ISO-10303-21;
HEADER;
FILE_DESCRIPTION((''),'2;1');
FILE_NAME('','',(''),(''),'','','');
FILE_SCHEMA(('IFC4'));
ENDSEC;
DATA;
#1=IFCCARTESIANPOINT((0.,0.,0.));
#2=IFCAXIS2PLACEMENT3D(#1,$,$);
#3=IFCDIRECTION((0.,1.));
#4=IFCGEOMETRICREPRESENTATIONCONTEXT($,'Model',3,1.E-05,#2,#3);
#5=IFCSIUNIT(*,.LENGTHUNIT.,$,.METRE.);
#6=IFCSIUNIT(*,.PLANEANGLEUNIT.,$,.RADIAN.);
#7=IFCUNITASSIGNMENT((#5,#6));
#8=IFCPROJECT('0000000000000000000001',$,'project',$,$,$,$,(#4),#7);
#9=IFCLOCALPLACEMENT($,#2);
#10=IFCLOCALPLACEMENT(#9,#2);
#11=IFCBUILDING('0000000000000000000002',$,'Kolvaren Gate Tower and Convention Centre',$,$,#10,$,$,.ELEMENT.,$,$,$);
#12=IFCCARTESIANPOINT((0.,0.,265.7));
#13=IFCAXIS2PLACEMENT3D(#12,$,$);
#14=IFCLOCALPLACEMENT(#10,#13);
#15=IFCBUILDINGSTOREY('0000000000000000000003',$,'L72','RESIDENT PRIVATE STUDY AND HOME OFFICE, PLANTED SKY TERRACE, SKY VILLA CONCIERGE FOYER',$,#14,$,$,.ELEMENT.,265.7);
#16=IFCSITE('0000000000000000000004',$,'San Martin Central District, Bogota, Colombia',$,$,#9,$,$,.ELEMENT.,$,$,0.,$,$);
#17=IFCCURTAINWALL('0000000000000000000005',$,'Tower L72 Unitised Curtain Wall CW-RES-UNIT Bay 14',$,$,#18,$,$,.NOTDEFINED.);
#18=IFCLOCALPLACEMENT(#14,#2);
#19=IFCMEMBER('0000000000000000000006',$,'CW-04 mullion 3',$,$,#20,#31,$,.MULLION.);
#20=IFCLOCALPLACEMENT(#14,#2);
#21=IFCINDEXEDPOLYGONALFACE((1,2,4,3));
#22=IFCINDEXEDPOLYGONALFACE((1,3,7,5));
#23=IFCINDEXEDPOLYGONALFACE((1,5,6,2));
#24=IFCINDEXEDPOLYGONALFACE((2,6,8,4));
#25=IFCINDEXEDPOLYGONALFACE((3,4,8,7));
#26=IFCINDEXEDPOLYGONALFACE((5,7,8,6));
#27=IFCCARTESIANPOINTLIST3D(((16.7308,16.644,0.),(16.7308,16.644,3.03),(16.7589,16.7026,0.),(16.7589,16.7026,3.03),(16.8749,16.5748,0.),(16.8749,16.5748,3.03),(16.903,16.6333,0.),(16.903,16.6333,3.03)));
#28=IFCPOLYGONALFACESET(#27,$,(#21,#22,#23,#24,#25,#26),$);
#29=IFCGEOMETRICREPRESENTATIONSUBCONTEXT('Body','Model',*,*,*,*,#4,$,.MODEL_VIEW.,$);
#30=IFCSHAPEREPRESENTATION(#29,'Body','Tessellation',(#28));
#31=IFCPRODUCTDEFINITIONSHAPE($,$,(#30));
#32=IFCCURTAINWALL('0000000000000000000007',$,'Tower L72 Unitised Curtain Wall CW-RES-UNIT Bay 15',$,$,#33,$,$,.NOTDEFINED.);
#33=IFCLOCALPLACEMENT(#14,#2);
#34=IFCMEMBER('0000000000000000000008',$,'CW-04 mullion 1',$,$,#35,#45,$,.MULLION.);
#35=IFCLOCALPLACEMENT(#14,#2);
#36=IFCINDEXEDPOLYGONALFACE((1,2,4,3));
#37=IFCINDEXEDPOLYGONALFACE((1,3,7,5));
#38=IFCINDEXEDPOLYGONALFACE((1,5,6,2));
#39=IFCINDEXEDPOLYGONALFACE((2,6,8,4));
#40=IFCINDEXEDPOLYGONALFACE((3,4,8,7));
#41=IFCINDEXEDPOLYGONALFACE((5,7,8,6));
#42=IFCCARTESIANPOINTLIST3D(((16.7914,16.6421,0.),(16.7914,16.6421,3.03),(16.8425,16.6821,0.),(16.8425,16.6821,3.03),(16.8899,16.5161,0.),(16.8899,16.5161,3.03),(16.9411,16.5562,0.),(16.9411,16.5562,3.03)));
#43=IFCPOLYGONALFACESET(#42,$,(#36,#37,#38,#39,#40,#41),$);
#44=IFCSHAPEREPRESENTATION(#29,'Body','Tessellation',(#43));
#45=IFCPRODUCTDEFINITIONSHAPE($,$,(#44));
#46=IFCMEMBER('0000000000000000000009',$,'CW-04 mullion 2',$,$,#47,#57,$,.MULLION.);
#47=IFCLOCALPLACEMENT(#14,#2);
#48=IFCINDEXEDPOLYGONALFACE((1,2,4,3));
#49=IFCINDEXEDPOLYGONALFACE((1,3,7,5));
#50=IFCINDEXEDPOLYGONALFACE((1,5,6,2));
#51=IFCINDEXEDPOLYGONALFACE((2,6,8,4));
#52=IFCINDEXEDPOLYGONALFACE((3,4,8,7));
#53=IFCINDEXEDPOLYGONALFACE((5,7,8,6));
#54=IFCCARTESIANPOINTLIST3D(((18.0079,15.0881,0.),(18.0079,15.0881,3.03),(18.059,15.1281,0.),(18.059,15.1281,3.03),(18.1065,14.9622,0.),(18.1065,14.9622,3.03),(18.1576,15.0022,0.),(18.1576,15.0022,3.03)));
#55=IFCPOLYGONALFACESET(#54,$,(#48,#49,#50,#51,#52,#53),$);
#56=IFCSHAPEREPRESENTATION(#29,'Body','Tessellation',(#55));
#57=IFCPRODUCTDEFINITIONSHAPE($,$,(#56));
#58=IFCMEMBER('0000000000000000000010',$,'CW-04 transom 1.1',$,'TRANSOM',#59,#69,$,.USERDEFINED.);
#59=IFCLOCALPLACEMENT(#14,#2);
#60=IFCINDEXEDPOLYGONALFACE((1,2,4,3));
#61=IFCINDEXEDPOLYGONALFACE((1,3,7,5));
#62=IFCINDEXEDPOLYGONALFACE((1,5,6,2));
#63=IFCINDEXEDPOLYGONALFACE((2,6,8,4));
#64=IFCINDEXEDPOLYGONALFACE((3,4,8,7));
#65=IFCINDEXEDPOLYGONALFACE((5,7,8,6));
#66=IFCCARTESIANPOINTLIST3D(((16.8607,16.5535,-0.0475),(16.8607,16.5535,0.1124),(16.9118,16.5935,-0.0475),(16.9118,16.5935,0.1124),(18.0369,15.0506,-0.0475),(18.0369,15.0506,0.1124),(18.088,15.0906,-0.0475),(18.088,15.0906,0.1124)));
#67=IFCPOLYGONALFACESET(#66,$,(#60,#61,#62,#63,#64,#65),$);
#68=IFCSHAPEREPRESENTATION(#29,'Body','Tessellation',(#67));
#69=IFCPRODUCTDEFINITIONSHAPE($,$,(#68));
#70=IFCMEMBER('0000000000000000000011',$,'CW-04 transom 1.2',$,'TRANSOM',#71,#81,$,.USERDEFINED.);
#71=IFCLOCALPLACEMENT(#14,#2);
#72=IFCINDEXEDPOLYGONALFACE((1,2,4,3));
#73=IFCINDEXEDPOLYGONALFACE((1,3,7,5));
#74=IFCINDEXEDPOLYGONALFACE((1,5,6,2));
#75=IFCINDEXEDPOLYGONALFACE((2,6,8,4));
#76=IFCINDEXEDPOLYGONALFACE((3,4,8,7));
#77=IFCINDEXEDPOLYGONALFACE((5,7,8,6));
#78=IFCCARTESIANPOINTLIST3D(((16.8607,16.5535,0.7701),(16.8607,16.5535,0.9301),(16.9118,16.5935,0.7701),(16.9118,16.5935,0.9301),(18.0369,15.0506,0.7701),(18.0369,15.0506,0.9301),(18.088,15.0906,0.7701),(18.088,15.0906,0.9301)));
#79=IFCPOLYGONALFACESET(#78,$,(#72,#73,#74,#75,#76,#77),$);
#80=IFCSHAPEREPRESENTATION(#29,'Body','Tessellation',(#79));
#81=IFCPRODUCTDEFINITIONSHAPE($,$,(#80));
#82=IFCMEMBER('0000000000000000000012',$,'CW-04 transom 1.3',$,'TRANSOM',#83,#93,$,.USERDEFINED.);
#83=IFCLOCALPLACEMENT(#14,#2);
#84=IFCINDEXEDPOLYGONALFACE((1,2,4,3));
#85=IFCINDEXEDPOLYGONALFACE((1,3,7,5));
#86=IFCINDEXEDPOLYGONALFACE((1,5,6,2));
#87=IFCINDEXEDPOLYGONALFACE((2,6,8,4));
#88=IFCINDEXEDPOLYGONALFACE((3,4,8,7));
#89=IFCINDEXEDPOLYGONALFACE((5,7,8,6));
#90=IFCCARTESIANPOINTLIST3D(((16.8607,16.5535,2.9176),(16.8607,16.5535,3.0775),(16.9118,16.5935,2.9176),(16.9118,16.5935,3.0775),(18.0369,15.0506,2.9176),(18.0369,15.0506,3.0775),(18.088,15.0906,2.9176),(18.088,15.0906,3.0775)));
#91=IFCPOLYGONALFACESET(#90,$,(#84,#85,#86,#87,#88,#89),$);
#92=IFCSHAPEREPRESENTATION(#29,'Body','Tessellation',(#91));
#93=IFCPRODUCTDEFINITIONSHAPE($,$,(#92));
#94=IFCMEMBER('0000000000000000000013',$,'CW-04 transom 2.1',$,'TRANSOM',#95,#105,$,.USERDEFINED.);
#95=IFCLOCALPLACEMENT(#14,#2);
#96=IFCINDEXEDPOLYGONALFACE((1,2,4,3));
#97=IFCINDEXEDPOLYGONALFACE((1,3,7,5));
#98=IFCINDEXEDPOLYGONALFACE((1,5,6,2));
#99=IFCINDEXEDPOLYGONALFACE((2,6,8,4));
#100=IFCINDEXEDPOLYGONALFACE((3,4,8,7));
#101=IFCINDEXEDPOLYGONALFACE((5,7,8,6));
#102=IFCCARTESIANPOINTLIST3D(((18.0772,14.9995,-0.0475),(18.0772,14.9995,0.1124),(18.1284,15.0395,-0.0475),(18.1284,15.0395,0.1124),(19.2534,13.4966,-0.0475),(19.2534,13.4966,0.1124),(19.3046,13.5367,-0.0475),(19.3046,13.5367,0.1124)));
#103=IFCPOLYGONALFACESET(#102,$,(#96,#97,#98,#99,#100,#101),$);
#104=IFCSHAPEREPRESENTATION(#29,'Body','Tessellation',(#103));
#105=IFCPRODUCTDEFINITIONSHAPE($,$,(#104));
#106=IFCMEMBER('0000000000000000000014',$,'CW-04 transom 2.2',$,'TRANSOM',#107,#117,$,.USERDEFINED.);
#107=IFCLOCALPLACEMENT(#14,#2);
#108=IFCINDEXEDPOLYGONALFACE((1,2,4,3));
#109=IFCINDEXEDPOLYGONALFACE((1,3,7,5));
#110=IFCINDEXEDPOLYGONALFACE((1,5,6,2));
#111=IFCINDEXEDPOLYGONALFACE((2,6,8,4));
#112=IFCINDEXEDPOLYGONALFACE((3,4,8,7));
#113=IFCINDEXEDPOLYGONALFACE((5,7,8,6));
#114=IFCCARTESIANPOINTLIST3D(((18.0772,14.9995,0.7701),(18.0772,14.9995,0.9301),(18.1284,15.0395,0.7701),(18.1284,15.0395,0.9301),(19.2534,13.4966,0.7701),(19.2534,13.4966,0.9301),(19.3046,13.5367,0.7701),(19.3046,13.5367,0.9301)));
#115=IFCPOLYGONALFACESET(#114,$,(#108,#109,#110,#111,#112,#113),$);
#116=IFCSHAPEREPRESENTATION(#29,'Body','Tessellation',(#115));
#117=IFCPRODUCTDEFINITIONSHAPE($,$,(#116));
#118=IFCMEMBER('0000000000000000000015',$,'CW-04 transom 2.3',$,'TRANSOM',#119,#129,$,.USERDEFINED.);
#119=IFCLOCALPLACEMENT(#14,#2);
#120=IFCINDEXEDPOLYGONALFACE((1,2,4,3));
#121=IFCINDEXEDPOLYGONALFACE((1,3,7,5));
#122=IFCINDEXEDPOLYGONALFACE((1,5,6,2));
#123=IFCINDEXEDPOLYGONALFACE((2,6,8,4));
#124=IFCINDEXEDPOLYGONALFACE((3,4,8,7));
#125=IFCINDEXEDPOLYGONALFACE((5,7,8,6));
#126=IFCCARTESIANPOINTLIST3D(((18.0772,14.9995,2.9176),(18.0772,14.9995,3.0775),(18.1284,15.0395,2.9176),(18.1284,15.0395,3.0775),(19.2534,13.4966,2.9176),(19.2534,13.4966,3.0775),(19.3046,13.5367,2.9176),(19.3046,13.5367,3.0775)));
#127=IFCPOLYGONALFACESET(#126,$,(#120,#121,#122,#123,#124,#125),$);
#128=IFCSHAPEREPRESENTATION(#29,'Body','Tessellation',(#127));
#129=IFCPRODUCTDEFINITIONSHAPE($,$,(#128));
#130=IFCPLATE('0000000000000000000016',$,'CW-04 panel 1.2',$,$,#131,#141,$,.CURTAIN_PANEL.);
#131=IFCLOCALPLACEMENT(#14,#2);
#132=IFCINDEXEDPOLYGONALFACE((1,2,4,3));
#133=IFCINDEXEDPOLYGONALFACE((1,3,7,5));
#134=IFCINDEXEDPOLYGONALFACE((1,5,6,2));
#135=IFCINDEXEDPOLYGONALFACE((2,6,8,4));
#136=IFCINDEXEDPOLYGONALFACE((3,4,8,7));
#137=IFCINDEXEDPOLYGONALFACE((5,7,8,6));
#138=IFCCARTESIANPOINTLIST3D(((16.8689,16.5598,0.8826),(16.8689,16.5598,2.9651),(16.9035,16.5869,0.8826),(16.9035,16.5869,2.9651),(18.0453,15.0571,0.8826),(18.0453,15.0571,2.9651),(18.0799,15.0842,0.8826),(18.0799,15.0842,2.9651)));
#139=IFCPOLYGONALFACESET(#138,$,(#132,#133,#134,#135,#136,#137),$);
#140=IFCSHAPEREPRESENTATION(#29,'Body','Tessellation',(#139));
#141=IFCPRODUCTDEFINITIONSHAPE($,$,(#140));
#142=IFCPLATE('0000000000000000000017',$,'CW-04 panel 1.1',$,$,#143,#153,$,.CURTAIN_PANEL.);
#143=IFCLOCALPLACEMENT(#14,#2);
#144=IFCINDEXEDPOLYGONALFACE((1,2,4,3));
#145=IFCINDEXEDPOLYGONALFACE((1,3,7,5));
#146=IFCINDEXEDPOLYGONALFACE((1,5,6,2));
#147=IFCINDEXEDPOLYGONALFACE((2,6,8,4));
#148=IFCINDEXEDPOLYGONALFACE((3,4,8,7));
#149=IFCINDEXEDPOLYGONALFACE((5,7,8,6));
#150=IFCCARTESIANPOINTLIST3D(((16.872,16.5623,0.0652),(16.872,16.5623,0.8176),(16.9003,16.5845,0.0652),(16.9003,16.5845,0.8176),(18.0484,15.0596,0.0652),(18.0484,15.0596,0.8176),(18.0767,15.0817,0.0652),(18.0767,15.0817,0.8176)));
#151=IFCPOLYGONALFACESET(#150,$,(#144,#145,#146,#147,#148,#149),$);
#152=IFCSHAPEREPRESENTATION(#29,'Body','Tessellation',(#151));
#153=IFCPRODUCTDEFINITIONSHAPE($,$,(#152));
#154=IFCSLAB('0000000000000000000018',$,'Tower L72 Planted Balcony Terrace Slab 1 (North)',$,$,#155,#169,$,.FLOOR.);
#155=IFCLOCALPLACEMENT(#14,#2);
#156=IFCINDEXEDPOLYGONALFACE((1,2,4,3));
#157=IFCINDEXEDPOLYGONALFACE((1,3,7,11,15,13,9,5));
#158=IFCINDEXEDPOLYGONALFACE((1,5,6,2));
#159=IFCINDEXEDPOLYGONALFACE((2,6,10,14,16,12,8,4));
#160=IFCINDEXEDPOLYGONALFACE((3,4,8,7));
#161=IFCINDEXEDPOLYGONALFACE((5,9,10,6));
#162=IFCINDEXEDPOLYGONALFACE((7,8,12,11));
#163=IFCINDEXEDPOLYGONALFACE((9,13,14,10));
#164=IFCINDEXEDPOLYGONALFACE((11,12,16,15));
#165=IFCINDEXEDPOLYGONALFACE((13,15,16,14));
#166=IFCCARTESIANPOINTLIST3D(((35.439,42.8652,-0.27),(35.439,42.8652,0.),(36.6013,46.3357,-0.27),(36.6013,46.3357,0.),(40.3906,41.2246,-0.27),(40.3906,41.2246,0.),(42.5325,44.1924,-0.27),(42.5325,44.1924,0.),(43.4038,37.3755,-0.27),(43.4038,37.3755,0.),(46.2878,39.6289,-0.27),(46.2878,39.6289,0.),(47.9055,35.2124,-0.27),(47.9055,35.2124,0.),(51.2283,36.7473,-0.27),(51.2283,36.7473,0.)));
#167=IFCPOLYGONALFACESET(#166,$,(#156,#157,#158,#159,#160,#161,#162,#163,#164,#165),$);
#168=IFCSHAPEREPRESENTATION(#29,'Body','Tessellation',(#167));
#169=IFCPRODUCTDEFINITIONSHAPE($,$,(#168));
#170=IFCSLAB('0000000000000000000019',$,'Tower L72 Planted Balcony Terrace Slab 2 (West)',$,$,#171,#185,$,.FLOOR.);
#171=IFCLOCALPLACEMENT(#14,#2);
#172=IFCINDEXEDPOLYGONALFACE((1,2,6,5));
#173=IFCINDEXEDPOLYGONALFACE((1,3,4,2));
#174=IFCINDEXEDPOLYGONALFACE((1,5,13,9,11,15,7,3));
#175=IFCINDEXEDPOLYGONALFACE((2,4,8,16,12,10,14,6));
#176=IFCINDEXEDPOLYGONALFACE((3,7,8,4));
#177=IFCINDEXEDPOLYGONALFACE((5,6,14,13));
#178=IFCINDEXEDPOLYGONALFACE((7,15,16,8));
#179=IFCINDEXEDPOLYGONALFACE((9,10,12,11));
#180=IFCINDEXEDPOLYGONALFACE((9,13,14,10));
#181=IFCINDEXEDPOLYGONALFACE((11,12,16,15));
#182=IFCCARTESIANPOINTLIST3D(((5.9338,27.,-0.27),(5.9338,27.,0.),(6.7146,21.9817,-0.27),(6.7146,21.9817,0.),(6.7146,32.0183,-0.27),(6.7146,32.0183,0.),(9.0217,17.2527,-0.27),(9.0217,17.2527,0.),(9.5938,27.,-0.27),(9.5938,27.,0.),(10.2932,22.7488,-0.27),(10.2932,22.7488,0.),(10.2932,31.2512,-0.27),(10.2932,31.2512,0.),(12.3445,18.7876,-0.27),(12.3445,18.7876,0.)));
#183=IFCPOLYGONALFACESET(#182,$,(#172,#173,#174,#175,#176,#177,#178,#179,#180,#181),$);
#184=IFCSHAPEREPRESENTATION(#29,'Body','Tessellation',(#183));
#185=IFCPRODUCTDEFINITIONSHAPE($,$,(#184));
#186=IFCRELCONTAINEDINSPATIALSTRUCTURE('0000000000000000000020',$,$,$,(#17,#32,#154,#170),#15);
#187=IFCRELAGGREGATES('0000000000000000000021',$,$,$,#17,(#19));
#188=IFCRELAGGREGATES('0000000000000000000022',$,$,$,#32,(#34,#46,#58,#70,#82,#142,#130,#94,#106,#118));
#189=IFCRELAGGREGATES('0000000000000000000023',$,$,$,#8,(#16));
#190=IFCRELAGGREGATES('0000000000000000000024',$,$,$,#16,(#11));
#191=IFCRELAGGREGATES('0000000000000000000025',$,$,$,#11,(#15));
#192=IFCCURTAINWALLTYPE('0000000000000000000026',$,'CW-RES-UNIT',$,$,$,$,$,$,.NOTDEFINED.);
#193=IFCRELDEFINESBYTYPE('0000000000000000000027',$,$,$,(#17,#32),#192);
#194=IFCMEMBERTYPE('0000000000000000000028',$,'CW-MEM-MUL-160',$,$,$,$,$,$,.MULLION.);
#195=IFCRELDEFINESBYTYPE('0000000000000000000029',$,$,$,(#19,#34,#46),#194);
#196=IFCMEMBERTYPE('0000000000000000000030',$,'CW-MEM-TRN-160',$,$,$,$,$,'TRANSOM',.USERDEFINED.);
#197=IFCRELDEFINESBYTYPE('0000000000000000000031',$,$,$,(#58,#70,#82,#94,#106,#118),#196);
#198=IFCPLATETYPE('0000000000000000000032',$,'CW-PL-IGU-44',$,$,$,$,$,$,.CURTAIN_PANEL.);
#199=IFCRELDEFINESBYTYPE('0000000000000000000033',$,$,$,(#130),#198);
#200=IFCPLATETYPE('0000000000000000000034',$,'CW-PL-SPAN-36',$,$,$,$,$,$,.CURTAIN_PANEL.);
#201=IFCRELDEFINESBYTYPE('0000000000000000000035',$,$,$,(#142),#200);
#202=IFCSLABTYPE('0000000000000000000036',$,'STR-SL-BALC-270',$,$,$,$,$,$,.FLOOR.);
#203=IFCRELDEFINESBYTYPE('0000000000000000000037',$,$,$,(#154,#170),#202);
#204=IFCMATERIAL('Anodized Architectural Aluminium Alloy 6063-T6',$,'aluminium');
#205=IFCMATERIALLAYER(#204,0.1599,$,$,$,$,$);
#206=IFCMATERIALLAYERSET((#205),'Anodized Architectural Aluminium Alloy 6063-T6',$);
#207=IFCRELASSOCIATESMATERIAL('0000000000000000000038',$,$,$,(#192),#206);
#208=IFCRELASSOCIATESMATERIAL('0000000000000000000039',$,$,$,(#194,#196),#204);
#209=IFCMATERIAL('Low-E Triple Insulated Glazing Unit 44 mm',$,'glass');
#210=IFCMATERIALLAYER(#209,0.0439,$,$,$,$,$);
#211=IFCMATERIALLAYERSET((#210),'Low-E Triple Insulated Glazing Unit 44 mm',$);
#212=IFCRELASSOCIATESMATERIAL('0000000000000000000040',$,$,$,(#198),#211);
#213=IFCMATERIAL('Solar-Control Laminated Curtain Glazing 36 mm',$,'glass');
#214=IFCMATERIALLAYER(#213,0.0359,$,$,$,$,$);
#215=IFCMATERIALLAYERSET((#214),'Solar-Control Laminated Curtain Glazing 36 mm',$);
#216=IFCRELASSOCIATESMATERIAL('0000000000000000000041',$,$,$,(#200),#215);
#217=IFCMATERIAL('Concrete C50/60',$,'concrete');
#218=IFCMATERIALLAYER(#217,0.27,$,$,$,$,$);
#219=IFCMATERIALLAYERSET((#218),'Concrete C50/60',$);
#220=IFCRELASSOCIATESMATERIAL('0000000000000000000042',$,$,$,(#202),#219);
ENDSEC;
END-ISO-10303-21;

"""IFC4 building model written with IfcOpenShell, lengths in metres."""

from ifc_helpers import new_model, si_unit, direction, frame, origin, origin_2d, place, context, subcontext, project, spatial, polyline, rectangle, outline, extrude, material, layer, layer_set, material_profile, profile_set, type_object, element, aggregate, save


model = new_model("IFC4")

# Units and contexts
model_context = context("Model", 3, precision=1e-05, world=origin(), true_north=direction((0.0, 1.0)))
body_context = subcontext(model_context, "Body", "Model", "MODEL_VIEW")
ifc_project = project(units=[si_unit("LENGTHUNIT", "METRE"), si_unit("PLANEANGLEUNIT", "RADIAN")], contexts=[model_context])

# Site, building, storey
site_placement = place(None, origin())
site = spatial("IfcSite", under=ifc_project, at=site_placement, Name="San Martin Central District, Bogota, Colombia", CompositionType="ELEMENT", RefElevation=0.0)
building_placement = place(site_placement, origin())
building = spatial("IfcBuilding", under=site, at=building_placement, Name="Kolvaren Gate Tower and Convention Centre", CompositionType="ELEMENT")
storey_placement = place(building_placement, frame((0.0, 0.0, 265.7)))
storey = spatial("IfcBuildingStorey", under=building, at=storey_placement, Name="L72", Description="RESIDENT PRIVATE STUDY AND HOME OFFICE, PLANTED SKY TERRACE, SKY VILLA CONCIERGE FOYER", CompositionType="ELEMENT", Elevation=265.7)

# Curtain wall, member
ifc_material_1 = material(Name="Anodized Architectural Aluminium Alloy 6063-T6", Category="aluminium")
ifc_layer_1 = layer(ifc_material_1, 0.1599)
ifc_layer_set_1 = layer_set([ifc_layer_1], Name="Anodized Architectural Aluminium Alloy 6063-T6")
curtain_wall_type = type_object("IfcCurtainWallType", Name="CW-RES-UNIT", PredefinedType="NOTDEFINED", material=ifc_layer_set_1)
curtain_wall_1_placement = place(storey_placement, origin())
curtain_wall_1 = element("IfcCurtainWall", 1, at=curtain_wall_1_placement, inside=storey, type_object=curtain_wall_type, Name="Tower L72 Unitised Curtain Wall CW-RES-UNIT Bay 14", PredefinedType="NOTDEFINED")
ifc_material_profile_1 = material_profile(ifc_material_1, rectangle(XDim=0.0649, YDim=0.1599, at=origin_2d()), Name="CW-MEM-MUL-160")
ifc_profile_set_1 = profile_set([ifc_material_profile_1], Name="Anodized Architectural Aluminium Alloy 6063-T6")
member_type_1 = type_object("IfcMemberType", Name="CW-MEM-MUL-160", PredefinedType="MULLION", material=ifc_profile_set_1)
member_1_placement = place(storey_placement, frame((16.8169, 16.6387, 0.0), z_axis=(0.0, 0.0, 1.0), x_axis=(0.43307, 0.90136, 0.0)))
member_1 = element("IfcMember", 2, at=member_1_placement, type_object=member_type_1, Name="CW-04 mullion 3", PredefinedType="MULLION", context=body_context, shape_type="SweptSolid", body=[
    extrude(rectangle(XDim=0.0649, YDim=0.1599, at=origin_2d()), origin(), (0.0, 0.0, 1.0), 3.03),
])
aggregate(curtain_wall_1, [member_1])

# Curtain wall, members, plates
curtain_wall_2_placement = place(storey_placement, origin())
curtain_wall_2 = element("IfcCurtainWall", 3, at=curtain_wall_2_placement, inside=storey, type_object=curtain_wall_type, Name="Tower L72 Unitised Curtain Wall CW-RES-UNIT Bay 15", PredefinedType="NOTDEFINED")
member_2_placement = place(storey_placement, frame((16.8662, 16.5991, 0.0), z_axis=(0.0, 0.0, 1.0), x_axis=(0.787413, 0.616426, 0.0)))
member_2 = element("IfcMember", 4, at=member_2_placement, type_object=member_type_1, Name="CW-04 mullion 1", PredefinedType="MULLION", context=body_context, shape_type="SweptSolid", body=[
    extrude(rectangle(XDim=0.0649, YDim=0.1599, at=origin_2d()), origin(), (0.0, 0.0, 1.0), 3.03),
])
member_3_placement = place(storey_placement, frame((18.0828, 15.0452, 0.0), z_axis=(0.0, 0.0, 1.0), x_axis=(0.787413, 0.616426, 0.0)))
member_3 = element("IfcMember", 5, at=member_3_placement, type_object=member_type_1, Name="CW-04 mullion 2", PredefinedType="MULLION", context=body_context, shape_type="SweptSolid", body=[
    extrude(rectangle(XDim=0.0649, YDim=0.1599, at=origin_2d()), origin(), (0.0, 0.0, 1.0), 3.03),
])
ifc_material_profile_2 = material_profile(ifc_material_1, rectangle(XDim=0.0649, YDim=0.1599, at=origin_2d()), Name="CW-MEM-TRN-160")
ifc_profile_set_2 = profile_set([ifc_material_profile_2], Name="Anodized Architectural Aluminium Alloy 6063-T6")
member_type_2 = type_object("IfcMemberType", Name="CW-MEM-TRN-160", ElementType="TRANSOM", PredefinedType="USERDEFINED", material=ifc_profile_set_2)
member_4_placement = place(storey_placement, frame((16.8862, 16.5735, 0.0325), z_axis=(0.616329, -0.787489, 0.0), x_axis=(0.787489, 0.616329, 0.0)))
member_4 = element("IfcMember", 6, at=member_4_placement, type_object=member_type_2, Name="CW-04 transom 1.1", ObjectType="TRANSOM", PredefinedType="USERDEFINED", context=body_context, shape_type="SweptSolid", body=[
    extrude(rectangle(XDim=0.0649, YDim=0.1599, at=origin_2d()), origin(), (0.0, 0.0, 1.0), 1.9084),
])
member_5_placement = place(storey_placement, frame((16.8862, 16.5735, 0.8501), z_axis=(0.616329, -0.787489, 0.0), x_axis=(0.787489, 0.616329, 0.0)))
member_5 = element("IfcMember", 7, at=member_5_placement, type_object=member_type_2, Name="CW-04 transom 1.2", ObjectType="TRANSOM", PredefinedType="USERDEFINED", context=body_context, shape_type="SweptSolid", body=[
    extrude(rectangle(XDim=0.0649, YDim=0.1599, at=origin_2d()), origin(), (0.0, 0.0, 1.0), 1.9084),
])
member_6_placement = place(storey_placement, frame((16.8862, 16.5735, 2.9976), z_axis=(0.616329, -0.787489, 0.0), x_axis=(0.787489, 0.616329, 0.0)))
member_6 = element("IfcMember", 8, at=member_6_placement, type_object=member_type_2, Name="CW-04 transom 1.3", ObjectType="TRANSOM", PredefinedType="USERDEFINED", context=body_context, shape_type="SweptSolid", body=[
    extrude(rectangle(XDim=0.0649, YDim=0.1599, at=origin_2d()), origin(), (0.0, 0.0, 1.0), 1.9084),
])
member_7_placement = place(storey_placement, frame((18.1028, 15.0195, 0.0325), z_axis=(0.616329, -0.787489, 0.0), x_axis=(0.787489, 0.616329, 0.0)))
member_7 = element("IfcMember", 9, at=member_7_placement, type_object=member_type_2, Name="CW-04 transom 2.1", ObjectType="TRANSOM", PredefinedType="USERDEFINED", context=body_context, shape_type="SweptSolid", body=[
    extrude(rectangle(XDim=0.0649, YDim=0.1599, at=origin_2d()), origin(), (0.0, 0.0, 1.0), 1.9084),
])
member_8_placement = place(storey_placement, frame((18.1028, 15.0195, 0.8501), z_axis=(0.616329, -0.787489, 0.0), x_axis=(0.787489, 0.616329, 0.0)))
member_8 = element("IfcMember", 10, at=member_8_placement, type_object=member_type_2, Name="CW-04 transom 2.2", ObjectType="TRANSOM", PredefinedType="USERDEFINED", context=body_context, shape_type="SweptSolid", body=[
    extrude(rectangle(XDim=0.0649, YDim=0.1599, at=origin_2d()), origin(), (0.0, 0.0, 1.0), 1.9084),
])
member_9_placement = place(storey_placement, frame((18.1028, 15.0195, 2.9976), z_axis=(0.616329, -0.787489, 0.0), x_axis=(0.787489, 0.616329, 0.0)))
member_9 = element("IfcMember", 11, at=member_9_placement, type_object=member_type_2, Name="CW-04 transom 2.3", ObjectType="TRANSOM", PredefinedType="USERDEFINED", context=body_context, shape_type="SweptSolid", body=[
    extrude(rectangle(XDim=0.0649, YDim=0.1599, at=origin_2d()), origin(), (0.0, 0.0, 1.0), 1.9084),
])
ifc_material_2 = material(Name="Low-E Triple Insulated Glazing Unit 44 mm", Category="glass")
ifc_layer_2 = layer(ifc_material_2, 0.0439)
ifc_layer_set_2 = layer_set([ifc_layer_2], Name="Low-E Triple Insulated Glazing Unit 44 mm")
plate_type_1 = type_object("IfcPlateType", Name="CW-PL-IGU-44", PredefinedType="CURTAIN_PANEL", material=ifc_layer_set_2)
plate_1_placement = place(storey_placement, frame((17.4744, 15.822, 0.8826), z_axis=(0.0, 0.0, 1.0), x_axis=(0.616426, -0.787413, 0.0)))
plate_1 = element("IfcPlate", 12, at=plate_1_placement, type_object=plate_type_1, Name="CW-04 panel 1.2", PredefinedType="CURTAIN_PANEL", context=body_context, shape_type="SweptSolid", body=[
    extrude(rectangle(XDim=1.9084, YDim=0.0439, at=origin_2d()), origin(), (0.0, 0.0, 1.0), 2.0825),
])
ifc_material_3 = material(Name="Solar-Control Laminated Curtain Glazing 36 mm", Category="glass")
ifc_layer_3 = layer(ifc_material_3, 0.0359)
ifc_layer_set_3 = layer_set([ifc_layer_3], Name="Solar-Control Laminated Curtain Glazing 36 mm")
plate_type_2 = type_object("IfcPlateType", Name="CW-PL-SPAN-36", PredefinedType="CURTAIN_PANEL", material=ifc_layer_set_3)
plate_2_placement = place(storey_placement, frame((17.4744, 15.822, 0.0652), z_axis=(0.0, 0.0, 1.0), x_axis=(0.616426, -0.787413, 0.0)))
plate_2 = element("IfcPlate", 13, at=plate_2_placement, type_object=plate_type_2, Name="CW-04 panel 1.1", PredefinedType="CURTAIN_PANEL", context=body_context, shape_type="SweptSolid", body=[
    extrude(rectangle(XDim=1.9084, YDim=0.0359, at=origin_2d()), origin(), (0.0, 0.0, 1.0), 0.7524),
])
aggregate(curtain_wall_2, [member_2, member_3, member_4, member_5, member_6, plate_2, plate_1, member_7, member_8, member_9])

# Slabs
ifc_material_4 = material(Name="Concrete C50/60", Category="concrete")
ifc_layer_4 = layer(ifc_material_4, 0.27)
ifc_layer_set_4 = layer_set([ifc_layer_4], Name="Concrete C50/60")
slab_type_1 = type_object("IfcSlabType", Name="STR-SL-BALC-270", PredefinedType="FLOOR", material=ifc_layer_set_4)
slab_1_placement = place(storey_placement, frame((0.0, 0.0, -0.27)))
element("IfcSlab", 14, at=slab_1_placement, inside=storey, type_object=slab_type_1, Name="Tower L72 Planted Balcony Terrace Slab 1 (North)", PredefinedType="FLOOR", context=body_context, shape_type="SweptSolid", body=[
    extrude(outline(polyline([(47.9055, 35.2124), (43.4038, 37.3755), (40.3906, 41.2246), (35.439, 42.8652), (36.6013, 46.3357), (42.5325, 44.1924), (46.2878, 39.6289), (51.2283, 36.7473), (47.9055, 35.2124)])), origin(), (0.0, 0.0, 1.0), 0.27),
])
slab_2_placement = place(storey_placement, frame((0.0, 0.0, -0.27)))
element("IfcSlab", 15, at=slab_2_placement, inside=storey, type_object=slab_type_1, Name="Tower L72 Planted Balcony Terrace Slab 2 (West)", PredefinedType="FLOOR", context=body_context, shape_type="SweptSolid", body=[
    extrude(outline(polyline([(10.2932, 31.2512), (9.5938, 27.0), (10.2932, 22.7488), (12.3445, 18.7876), (9.0217, 17.2527), (6.7146, 21.9817), (5.9338, 27.0), (6.7146, 32.0183), (10.2932, 31.2512)])), origin(), (0.0, 0.0, 1.0), 0.27),
])

save(model, "model.ifc")
